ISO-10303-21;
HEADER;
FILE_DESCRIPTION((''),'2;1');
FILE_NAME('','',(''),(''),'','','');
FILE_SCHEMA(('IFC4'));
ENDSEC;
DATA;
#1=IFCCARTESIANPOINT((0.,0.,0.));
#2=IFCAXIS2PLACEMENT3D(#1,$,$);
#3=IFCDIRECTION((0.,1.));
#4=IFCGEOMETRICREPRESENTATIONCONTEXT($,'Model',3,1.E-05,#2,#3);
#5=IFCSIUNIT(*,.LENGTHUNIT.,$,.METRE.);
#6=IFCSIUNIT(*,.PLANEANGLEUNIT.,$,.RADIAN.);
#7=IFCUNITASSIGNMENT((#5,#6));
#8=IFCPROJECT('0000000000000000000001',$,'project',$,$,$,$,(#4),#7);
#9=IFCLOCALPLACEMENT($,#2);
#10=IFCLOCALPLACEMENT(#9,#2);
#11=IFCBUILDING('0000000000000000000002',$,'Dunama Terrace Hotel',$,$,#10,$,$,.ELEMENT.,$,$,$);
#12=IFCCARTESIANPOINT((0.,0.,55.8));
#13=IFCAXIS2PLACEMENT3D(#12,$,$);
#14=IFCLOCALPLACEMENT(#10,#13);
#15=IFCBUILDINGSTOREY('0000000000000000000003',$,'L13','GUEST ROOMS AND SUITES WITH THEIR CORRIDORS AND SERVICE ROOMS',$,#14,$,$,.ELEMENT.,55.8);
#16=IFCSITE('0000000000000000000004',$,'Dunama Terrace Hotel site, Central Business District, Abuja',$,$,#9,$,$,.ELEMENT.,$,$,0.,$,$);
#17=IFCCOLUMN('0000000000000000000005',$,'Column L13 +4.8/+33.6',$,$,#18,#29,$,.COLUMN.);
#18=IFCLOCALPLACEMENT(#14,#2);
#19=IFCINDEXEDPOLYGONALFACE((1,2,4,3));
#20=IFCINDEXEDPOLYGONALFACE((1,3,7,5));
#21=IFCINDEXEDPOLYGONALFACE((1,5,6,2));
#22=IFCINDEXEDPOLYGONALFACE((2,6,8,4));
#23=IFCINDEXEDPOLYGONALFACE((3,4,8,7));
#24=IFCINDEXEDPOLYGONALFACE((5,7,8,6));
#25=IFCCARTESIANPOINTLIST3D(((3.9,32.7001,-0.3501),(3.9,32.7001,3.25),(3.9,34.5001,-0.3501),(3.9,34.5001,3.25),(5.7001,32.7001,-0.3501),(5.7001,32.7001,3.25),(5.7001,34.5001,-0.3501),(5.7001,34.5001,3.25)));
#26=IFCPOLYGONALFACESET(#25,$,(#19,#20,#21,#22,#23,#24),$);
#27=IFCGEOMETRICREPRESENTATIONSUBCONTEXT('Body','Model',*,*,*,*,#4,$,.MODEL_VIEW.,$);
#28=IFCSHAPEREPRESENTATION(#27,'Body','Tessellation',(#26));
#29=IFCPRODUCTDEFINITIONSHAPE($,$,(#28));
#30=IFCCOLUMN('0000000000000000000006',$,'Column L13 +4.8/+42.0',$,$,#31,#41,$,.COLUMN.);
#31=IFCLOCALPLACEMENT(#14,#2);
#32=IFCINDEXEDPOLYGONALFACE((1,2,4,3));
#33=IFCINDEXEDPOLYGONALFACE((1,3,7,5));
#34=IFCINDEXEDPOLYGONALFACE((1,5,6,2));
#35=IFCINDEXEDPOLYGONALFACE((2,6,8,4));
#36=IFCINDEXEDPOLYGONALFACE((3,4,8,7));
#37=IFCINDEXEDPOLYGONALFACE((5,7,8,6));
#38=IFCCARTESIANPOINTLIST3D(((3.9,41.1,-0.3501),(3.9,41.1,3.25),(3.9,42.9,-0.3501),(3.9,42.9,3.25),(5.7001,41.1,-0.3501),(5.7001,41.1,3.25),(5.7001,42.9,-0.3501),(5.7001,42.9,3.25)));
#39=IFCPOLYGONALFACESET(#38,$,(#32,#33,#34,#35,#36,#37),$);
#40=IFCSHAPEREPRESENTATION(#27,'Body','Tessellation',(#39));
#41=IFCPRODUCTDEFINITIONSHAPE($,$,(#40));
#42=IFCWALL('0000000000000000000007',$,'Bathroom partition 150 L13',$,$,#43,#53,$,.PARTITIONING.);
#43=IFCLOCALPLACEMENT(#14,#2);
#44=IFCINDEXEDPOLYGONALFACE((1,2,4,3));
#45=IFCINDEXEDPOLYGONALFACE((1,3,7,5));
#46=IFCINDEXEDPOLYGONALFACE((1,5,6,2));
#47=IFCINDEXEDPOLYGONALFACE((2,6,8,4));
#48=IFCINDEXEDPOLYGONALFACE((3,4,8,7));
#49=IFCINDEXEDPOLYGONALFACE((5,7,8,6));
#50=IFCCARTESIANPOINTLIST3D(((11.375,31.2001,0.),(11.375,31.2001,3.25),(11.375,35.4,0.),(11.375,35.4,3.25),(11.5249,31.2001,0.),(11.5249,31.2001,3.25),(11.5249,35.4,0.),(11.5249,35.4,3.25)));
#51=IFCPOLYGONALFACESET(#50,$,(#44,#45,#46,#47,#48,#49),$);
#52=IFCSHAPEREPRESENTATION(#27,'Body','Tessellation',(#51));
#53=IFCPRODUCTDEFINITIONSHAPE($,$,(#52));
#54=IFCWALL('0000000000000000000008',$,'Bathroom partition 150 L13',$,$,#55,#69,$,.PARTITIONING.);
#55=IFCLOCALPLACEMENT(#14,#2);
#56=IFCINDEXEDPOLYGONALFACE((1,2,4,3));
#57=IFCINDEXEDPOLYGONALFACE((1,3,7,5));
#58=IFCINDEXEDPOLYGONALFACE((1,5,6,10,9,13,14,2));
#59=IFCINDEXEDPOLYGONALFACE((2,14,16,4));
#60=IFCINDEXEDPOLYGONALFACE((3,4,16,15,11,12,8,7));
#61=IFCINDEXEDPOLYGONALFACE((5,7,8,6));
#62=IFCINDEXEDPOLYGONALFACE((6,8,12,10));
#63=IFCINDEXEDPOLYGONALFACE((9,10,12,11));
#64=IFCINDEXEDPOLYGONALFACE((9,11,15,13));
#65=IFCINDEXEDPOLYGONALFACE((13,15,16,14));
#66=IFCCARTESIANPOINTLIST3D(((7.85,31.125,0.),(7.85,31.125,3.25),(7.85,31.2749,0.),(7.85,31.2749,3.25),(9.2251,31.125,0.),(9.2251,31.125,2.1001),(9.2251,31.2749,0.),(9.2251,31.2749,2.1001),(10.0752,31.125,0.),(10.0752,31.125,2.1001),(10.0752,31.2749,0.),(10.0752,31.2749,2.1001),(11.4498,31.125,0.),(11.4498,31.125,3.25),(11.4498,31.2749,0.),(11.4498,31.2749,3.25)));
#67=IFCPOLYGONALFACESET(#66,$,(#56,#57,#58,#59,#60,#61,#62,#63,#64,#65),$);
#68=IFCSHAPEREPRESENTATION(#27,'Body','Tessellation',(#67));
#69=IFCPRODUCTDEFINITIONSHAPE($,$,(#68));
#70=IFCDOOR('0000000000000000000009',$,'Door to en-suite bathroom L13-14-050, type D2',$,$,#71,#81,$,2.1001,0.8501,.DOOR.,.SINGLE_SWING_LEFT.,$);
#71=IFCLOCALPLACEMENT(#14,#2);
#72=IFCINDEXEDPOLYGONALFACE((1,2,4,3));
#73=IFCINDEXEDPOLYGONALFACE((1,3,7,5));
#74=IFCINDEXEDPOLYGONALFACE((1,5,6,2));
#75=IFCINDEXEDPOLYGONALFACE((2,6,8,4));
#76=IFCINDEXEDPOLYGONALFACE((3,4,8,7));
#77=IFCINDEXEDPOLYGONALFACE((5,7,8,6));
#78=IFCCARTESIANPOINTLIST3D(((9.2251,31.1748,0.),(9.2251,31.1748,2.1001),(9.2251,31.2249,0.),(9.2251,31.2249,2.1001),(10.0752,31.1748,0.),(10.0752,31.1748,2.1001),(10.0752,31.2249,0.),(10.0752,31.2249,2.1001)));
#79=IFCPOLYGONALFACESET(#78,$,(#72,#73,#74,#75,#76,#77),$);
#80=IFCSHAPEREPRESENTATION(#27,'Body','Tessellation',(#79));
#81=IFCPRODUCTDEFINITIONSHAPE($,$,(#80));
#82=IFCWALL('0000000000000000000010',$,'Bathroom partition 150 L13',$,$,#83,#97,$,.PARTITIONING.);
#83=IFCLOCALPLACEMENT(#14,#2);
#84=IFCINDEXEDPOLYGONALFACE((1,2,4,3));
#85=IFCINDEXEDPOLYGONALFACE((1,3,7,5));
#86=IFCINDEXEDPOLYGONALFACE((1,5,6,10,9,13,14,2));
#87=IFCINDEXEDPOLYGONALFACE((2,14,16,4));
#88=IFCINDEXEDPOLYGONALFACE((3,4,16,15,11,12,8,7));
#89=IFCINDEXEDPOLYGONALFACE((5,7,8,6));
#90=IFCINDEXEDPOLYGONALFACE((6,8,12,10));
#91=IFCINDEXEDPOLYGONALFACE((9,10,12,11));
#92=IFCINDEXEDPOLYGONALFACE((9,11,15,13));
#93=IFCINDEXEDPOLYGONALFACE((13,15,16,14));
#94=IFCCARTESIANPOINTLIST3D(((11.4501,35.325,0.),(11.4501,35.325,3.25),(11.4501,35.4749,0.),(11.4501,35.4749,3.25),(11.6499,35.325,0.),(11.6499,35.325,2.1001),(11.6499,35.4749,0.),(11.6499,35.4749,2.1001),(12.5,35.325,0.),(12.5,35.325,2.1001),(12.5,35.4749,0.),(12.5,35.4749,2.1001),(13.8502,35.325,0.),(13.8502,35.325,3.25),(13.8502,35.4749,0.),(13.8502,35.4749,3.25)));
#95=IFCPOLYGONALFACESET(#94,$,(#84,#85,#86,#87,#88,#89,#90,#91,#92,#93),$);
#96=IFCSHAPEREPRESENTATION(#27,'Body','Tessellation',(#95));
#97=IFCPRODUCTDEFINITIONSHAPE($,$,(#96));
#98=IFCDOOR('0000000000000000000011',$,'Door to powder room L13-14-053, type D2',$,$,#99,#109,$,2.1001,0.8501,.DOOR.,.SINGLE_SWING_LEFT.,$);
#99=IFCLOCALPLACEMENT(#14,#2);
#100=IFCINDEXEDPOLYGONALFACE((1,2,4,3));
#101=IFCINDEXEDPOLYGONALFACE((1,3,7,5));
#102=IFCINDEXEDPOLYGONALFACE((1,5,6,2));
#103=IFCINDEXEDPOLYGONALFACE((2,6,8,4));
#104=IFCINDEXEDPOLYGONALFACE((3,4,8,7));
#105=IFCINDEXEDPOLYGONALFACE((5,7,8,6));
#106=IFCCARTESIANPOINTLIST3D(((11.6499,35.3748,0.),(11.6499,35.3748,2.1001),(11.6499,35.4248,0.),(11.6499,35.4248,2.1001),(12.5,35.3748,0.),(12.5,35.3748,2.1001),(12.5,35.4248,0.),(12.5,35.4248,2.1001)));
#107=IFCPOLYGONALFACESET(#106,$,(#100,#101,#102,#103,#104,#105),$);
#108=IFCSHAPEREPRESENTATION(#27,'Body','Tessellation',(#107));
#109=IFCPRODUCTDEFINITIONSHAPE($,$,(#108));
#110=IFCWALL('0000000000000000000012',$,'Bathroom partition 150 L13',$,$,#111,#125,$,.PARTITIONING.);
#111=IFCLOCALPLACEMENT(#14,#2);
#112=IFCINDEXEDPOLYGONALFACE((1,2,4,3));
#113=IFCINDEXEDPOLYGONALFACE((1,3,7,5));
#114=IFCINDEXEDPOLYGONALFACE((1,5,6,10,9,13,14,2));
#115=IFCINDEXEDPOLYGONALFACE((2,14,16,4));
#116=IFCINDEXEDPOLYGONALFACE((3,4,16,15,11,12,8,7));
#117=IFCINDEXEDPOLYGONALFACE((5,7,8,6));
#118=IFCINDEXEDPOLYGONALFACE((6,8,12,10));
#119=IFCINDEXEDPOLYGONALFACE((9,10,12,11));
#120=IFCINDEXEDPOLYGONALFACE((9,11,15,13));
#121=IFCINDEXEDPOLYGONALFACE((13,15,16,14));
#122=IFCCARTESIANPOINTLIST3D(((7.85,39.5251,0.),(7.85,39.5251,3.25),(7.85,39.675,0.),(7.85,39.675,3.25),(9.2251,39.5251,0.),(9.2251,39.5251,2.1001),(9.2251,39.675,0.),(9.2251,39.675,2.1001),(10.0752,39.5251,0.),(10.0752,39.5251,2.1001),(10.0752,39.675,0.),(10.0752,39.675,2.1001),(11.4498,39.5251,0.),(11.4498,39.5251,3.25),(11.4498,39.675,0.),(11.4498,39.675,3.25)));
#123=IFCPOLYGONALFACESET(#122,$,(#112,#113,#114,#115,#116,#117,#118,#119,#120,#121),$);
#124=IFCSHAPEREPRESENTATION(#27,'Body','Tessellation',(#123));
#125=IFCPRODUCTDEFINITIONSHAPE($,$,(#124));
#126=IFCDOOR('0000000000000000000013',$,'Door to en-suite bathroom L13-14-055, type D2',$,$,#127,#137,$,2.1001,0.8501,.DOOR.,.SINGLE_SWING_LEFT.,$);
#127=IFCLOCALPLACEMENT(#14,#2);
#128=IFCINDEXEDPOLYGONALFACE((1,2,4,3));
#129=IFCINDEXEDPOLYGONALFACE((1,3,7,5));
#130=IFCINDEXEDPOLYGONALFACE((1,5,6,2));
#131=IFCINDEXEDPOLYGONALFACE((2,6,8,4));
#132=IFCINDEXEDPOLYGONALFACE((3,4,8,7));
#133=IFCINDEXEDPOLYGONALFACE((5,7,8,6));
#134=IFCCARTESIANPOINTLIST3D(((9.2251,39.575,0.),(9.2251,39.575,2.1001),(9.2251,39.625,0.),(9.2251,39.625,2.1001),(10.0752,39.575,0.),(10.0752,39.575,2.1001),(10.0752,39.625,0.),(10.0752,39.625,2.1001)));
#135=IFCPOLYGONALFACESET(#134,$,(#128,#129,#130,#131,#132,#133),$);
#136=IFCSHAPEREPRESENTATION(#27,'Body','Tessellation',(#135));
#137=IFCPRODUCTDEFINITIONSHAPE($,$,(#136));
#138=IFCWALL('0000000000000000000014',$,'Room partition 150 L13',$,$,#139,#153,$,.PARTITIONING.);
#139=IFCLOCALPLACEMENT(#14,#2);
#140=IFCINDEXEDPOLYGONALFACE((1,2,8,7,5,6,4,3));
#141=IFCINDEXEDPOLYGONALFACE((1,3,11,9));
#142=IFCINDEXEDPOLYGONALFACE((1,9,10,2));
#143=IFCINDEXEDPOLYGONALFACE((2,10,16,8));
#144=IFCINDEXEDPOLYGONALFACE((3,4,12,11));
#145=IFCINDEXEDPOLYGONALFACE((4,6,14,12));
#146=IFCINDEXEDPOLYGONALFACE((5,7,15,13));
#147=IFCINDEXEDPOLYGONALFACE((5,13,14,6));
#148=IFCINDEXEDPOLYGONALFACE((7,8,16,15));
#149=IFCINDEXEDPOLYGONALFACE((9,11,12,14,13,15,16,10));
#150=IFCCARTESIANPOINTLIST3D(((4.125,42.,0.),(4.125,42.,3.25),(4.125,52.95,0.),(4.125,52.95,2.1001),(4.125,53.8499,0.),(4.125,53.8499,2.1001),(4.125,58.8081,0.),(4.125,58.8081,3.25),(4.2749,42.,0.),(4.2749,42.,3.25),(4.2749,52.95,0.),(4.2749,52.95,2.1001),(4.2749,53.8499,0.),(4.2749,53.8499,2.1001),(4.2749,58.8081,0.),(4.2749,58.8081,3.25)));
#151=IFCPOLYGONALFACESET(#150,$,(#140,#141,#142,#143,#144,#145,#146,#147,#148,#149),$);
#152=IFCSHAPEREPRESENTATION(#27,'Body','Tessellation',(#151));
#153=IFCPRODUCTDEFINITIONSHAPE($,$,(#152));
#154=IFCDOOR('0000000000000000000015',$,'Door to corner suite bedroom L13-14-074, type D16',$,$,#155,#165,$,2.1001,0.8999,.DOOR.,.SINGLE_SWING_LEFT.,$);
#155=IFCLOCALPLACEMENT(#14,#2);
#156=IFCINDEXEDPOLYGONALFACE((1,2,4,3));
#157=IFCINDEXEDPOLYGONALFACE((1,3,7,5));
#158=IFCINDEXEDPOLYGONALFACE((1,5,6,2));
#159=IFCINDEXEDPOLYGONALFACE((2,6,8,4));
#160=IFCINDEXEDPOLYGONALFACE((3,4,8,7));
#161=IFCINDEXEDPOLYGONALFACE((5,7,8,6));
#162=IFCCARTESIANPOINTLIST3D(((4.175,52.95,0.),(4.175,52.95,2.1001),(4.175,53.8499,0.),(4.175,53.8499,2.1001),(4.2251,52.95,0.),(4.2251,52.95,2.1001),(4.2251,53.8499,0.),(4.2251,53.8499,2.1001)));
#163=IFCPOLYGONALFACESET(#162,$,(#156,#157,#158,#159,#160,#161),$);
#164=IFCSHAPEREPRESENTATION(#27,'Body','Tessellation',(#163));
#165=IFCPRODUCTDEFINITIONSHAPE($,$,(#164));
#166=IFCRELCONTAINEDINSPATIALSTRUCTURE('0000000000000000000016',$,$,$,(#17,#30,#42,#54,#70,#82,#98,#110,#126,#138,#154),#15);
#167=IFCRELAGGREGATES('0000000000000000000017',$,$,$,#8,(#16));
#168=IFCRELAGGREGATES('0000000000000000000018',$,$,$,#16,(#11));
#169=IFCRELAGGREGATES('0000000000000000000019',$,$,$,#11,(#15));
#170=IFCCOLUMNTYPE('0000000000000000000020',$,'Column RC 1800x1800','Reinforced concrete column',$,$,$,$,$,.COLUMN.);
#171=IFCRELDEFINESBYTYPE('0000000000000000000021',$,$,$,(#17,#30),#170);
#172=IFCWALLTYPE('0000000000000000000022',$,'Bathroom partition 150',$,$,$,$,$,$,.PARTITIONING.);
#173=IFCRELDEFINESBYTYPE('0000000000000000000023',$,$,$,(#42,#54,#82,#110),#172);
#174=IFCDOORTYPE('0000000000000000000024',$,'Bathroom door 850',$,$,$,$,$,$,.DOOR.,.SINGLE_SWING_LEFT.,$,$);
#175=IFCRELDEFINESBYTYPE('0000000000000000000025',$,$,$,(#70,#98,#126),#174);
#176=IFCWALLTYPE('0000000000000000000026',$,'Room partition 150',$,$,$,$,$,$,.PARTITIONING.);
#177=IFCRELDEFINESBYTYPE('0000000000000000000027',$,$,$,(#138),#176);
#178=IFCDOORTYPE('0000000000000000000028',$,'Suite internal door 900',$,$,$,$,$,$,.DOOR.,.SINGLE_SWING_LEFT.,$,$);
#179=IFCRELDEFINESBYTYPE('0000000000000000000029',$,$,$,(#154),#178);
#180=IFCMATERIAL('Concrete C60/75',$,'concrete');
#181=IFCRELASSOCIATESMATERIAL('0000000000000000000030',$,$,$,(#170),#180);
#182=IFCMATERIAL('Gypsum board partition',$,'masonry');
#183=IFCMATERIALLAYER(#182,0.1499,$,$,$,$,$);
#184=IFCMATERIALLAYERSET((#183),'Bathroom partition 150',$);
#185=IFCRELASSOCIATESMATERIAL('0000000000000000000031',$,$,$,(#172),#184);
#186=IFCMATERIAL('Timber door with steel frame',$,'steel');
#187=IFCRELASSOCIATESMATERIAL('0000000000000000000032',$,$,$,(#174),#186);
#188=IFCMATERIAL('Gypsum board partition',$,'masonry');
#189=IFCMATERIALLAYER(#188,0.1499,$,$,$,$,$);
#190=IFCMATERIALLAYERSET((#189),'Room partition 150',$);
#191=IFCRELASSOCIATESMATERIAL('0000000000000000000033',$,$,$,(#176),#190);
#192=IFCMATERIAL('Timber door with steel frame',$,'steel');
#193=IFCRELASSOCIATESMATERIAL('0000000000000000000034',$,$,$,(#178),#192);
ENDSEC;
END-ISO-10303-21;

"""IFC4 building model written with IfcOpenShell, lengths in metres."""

from ifc_helpers import new_model, si_unit, direction, frame, frame_2d, origin, origin_2d, place, context, subcontext, project, spatial, rectangle, extrude, material, layer, layer_set, material_profile, profile_set, type_object, element, fill, save


model = new_model("IFC4")

# Units and contexts
model_context = context("Model", 3, precision=1e-05, world=origin(), true_north=direction((0.0, 1.0)))
body_context = subcontext(model_context, "Body", "Model", "MODEL_VIEW")
ifc_project = project(units=[si_unit("LENGTHUNIT", "METRE"), si_unit("PLANEANGLEUNIT", "RADIAN")], contexts=[model_context])

# Site, building, storey
site_placement = place(None, origin())
site = spatial("IfcSite", under=ifc_project, at=site_placement, Name="Dunama Terrace Hotel site, Central Business District, Abuja", CompositionType="ELEMENT", RefElevation=0.0)
building_placement = place(site_placement, origin())
building = spatial("IfcBuilding", under=site, at=building_placement, Name="Dunama Terrace Hotel", CompositionType="ELEMENT")
storey_placement = place(building_placement, frame((0.0, 0.0, 55.8)))
storey = spatial("IfcBuildingStorey", under=building, at=storey_placement, Name="L13", Description="GUEST ROOMS AND SUITES WITH THEIR CORRIDORS AND SERVICE ROOMS", CompositionType="ELEMENT", Elevation=55.8)

# Columns
ifc_material_1 = material(Name="Concrete C60/75", Category="concrete")
ifc_material_profile = material_profile(ifc_material_1, rectangle(XDim=1.8, YDim=1.8, at=origin_2d()), Name="RC 1800x1800")
ifc_profile_set = profile_set([ifc_material_profile], Name="Concrete C60/75")
column_type = type_object("IfcColumnType", Name="Column RC 1800x1800", Description="Reinforced concrete column", PredefinedType="COLUMN", material=ifc_profile_set)
for number, where, z_axis, x_axis, name in (
    (1, (4.8, 33.6001, -0.3501), (0.0, 0.0, 1.0), (1.0, 0.0, 0.0), "Column L13 +4.8/+33.6"),
    (2, (4.8, 42.0, -0.3501), (0.0, 0.0, 1.0), (1.0, 0.0, 0.0), "Column L13 +4.8/+42.0"),
):
    element("IfcColumn", number, at=place(storey_placement, frame(where, z_axis=z_axis, x_axis=x_axis)), inside=storey, type_object=column_type, Name=name, PredefinedType="COLUMN", context=body_context, shape_type="SweptSolid", body=[
        extrude(rectangle(XDim=1.8, YDim=1.8, at=origin_2d()), origin(), (0.0, 0.0, 1.0), 3.6001),
    ])

# Wall
ifc_material_2 = material(Name="Gypsum board partition", Category="masonry")
ifc_layer_1 = layer(ifc_material_2, 0.1499)
ifc_layer_set_1 = layer_set([ifc_layer_1], Name="Bathroom partition 150")
wall_type_1 = type_object("IfcWallType", Name="Bathroom partition 150", PredefinedType="PARTITIONING", material=ifc_layer_set_1)
wall_1_placement = place(storey_placement, frame((11.45, 31.2, 0.0), z_axis=(0.0, 0.0, 1.0), x_axis=(0.0, 1.0, 0.0)))
element("IfcWall", 3, at=wall_1_placement, inside=storey, type_object=wall_type_1, Name="Bathroom partition 150 L13", PredefinedType="PARTITIONING", context=body_context, shape_type="SweptSolid", body=[
    extrude(rectangle(XDim=4.2, YDim=0.1499, at=frame_2d((2.1001, 0.0))), origin(), (0.0, 0.0, 1.0), 3.25),
])

# Walls, openings, doors
wall_2_placement = place(storey_placement, frame((7.8501, 31.2, 0.0), z_axis=(0.0, 0.0, 1.0), x_axis=(1.0, 0.0, 0.0)))
wall_2 = element("IfcWall", 4, at=wall_2_placement, inside=storey, type_object=wall_type_1, Name="Bathroom partition 150 L13", PredefinedType="PARTITIONING", context=body_context, shape_type="SweptSolid", body=[
    extrude(rectangle(XDim=3.5999, YDim=0.1499, at=frame_2d((1.7998, 0.0))), origin(), (0.0, 0.0, 1.0), 3.25),
])
opening_1_placement = place(wall_2_placement, frame((1.375, 0.0, 0.0)))
opening_1 = element("IfcOpeningElement", 5, at=opening_1_placement, cuts=wall_2, PredefinedType="OPENING", context=body_context, shape_type="SweptSolid", body=[
    extrude(rectangle(XDim=0.8501, YDim=2.1001, at=frame_2d((0.425, 1.05))), frame((0.0, 0.085, 0.0), z_axis=(0.0, -1.0, 0.0), x_axis=(1.0, 0.0, 0.0)), (0.0, 0.0, 1.0), 0.1699),
])
ifc_material_3 = material(Name="Timber door with steel frame", Category="steel")
door_type_1 = type_object("IfcDoorType", Name="Bathroom door 850", OperationType="SINGLE_SWING_LEFT", PredefinedType="DOOR", material=ifc_material_3)
door_1_placement = place(opening_1_placement, origin())
door_1 = element("IfcDoor", 6, at=door_1_placement, inside=storey, type_object=door_type_1, Name="Door to en-suite bathroom L13-14-050, type D2", OperationType="SINGLE_SWING_LEFT", OverallHeight=2.1001, OverallWidth=0.8501, PredefinedType="DOOR", context=body_context, shape_type="SweptSolid", body=[
    extrude(rectangle(XDim=0.8501, YDim=2.1001, at=frame_2d((0.425, 1.05))), frame((0.0, 0.0249, 0.0), z_axis=(0.0, -1.0, 0.0), x_axis=(1.0, 0.0, 0.0)), (0.0, 0.0, 1.0), 0.05),
])
fill(opening_1, door_1)
wall_3_placement = place(storey_placement, frame((11.45, 35.3999, 0.0), z_axis=(0.0, 0.0, 1.0), x_axis=(1.0, 0.0, 0.0)))
wall_3 = element("IfcWall", 7, at=wall_3_placement, inside=storey, type_object=wall_type_1, Name="Bathroom partition 150 L13", PredefinedType="PARTITIONING", context=body_context, shape_type="SweptSolid", body=[
    extrude(rectangle(XDim=2.4001, YDim=0.1499, at=frame_2d((1.2002, 0.0))), origin(), (0.0, 0.0, 1.0), 3.25),
])
opening_2_placement = place(wall_3_placement, frame((0.2, 0.0, 0.0)))
opening_2 = element("IfcOpeningElement", 8, at=opening_2_placement, cuts=wall_3, PredefinedType="OPENING", context=body_context, shape_type="SweptSolid", body=[
    extrude(rectangle(XDim=0.8501, YDim=2.1001, at=frame_2d((0.425, 1.05))), frame((0.0, 0.085, 0.0), z_axis=(0.0, -1.0, 0.0), x_axis=(1.0, 0.0, 0.0)), (0.0, 0.0, 1.0), 0.1699),
])
door_2_placement = place(opening_2_placement, frame((0.8501, 0.0, 0.0), z_axis=(0.0, 0.0, 1.0), x_axis=(-1.0, 0.0, 0.0)))
door_2 = element("IfcDoor", 9, at=door_2_placement, inside=storey, type_object=door_type_1, Name="Door to powder room L13-14-053, type D2", OperationType="SINGLE_SWING_LEFT", OverallHeight=2.1001, OverallWidth=0.8501, PredefinedType="DOOR", context=body_context, shape_type="SweptSolid", body=[
    extrude(rectangle(XDim=0.8501, YDim=2.1001, at=frame_2d((0.425, 1.05))), frame((0.0, 0.0251, 0.0), z_axis=(0.0, -1.0, 0.0), x_axis=(1.0, 0.0, 0.0)), (0.0, 0.0, 1.0), 0.05),
])
fill(opening_2, door_2)
wall_4_placement = place(storey_placement, frame((7.8501, 39.6001, 0.0), z_axis=(0.0, 0.0, 1.0), x_axis=(1.0, 0.0, 0.0)))
wall_4 = element("IfcWall", 10, at=wall_4_placement, inside=storey, type_object=wall_type_1, Name="Bathroom partition 150 L13", PredefinedType="PARTITIONING", context=body_context, shape_type="SweptSolid", body=[
    extrude(rectangle(XDim=3.5999, YDim=0.1499, at=frame_2d((1.7998, 0.0))), origin(), (0.0, 0.0, 1.0), 3.25),
])
opening_3_placement = place(wall_4_placement, frame((1.375, 0.0, 0.0)))
opening_3 = element("IfcOpeningElement", 11, at=opening_3_placement, cuts=wall_4, PredefinedType="OPENING", context=body_context, shape_type="SweptSolid", body=[
    extrude(rectangle(XDim=0.8501, YDim=2.1001, at=frame_2d((0.425, 1.05))), frame((0.0, 0.085, 0.0), z_axis=(0.0, -1.0, 0.0), x_axis=(1.0, 0.0, 0.0)), (0.0, 0.0, 1.0), 0.1699),
])
door_3_placement = place(opening_3_placement, origin())
door_3 = element("IfcDoor", 12, at=door_3_placement, inside=storey, type_object=door_type_1, Name="Door to en-suite bathroom L13-14-055, type D2", OperationType="SINGLE_SWING_LEFT", OverallHeight=2.1001, OverallWidth=0.8501, PredefinedType="DOOR", context=body_context, shape_type="SweptSolid", body=[
    extrude(rectangle(XDim=0.8501, YDim=2.1001, at=frame_2d((0.425, 1.05))), frame((0.0, 0.0249, 0.0), z_axis=(0.0, -1.0, 0.0), x_axis=(1.0, 0.0, 0.0)), (0.0, 0.0, 1.0), 0.05),
])
fill(opening_3, door_3)
ifc_material_4 = material(Name="Gypsum board partition", Category="masonry")
ifc_layer_2 = layer(ifc_material_4, 0.1499)
ifc_layer_set_2 = layer_set([ifc_layer_2], Name="Room partition 150")
wall_type_2 = type_object("IfcWallType", Name="Room partition 150", PredefinedType="PARTITIONING", material=ifc_layer_set_2)
wall_5_placement = place(storey_placement, frame((4.2, 42.0, 0.0), z_axis=(0.0, 0.0, 1.0), x_axis=(0.0, 1.0, 0.0)))
wall_5 = element("IfcWall", 13, at=wall_5_placement, inside=storey, type_object=wall_type_2, Name="Room partition 150 L13", PredefinedType="PARTITIONING", context=body_context, shape_type="SweptSolid", body=[
    extrude(rectangle(XDim=16.8081, YDim=0.1499, at=frame_2d((8.4041, 0.0))), origin(), (0.0, 0.0, 1.0), 3.25),
])
opening_4_placement = place(wall_5_placement, frame((10.95, 0.0, 0.0)))
opening_4 = element("IfcOpeningElement", 14, at=opening_4_placement, cuts=wall_5, PredefinedType="OPENING", context=body_context, shape_type="SweptSolid", body=[
    extrude(rectangle(XDim=0.8999, YDim=2.1001, at=frame_2d((0.45, 1.05))), frame((0.0, 0.085, 0.0), z_axis=(0.0, -1.0, 0.0), x_axis=(1.0, 0.0, 0.0)), (0.0, 0.0, 1.0), 0.1699),
])
ifc_material_5 = material(Name="Timber door with steel frame", Category="steel")
door_type_2 = type_object("IfcDoorType", Name="Suite internal door 900", OperationType="SINGLE_SWING_LEFT", PredefinedType="DOOR", material=ifc_material_5)
door_4_placement = place(opening_4_placement, origin())
door_4 = element("IfcDoor", 15, at=door_4_placement, inside=storey, type_object=door_type_2, Name="Door to corner suite bedroom L13-14-074, type D16", OperationType="SINGLE_SWING_LEFT", OverallHeight=2.1001, OverallWidth=0.8999, PredefinedType="DOOR", context=body_context, shape_type="SweptSolid", body=[
    extrude(rectangle(XDim=0.8999, YDim=2.1001, at=frame_2d((0.45, 1.05))), frame((0.0, 0.0249, 0.0), z_axis=(0.0, -1.0, 0.0), x_axis=(1.0, 0.0, 0.0)), (0.0, 0.0, 1.0), 0.05),
])
fill(opening_4, door_4)

save(model, "model.ifc")
